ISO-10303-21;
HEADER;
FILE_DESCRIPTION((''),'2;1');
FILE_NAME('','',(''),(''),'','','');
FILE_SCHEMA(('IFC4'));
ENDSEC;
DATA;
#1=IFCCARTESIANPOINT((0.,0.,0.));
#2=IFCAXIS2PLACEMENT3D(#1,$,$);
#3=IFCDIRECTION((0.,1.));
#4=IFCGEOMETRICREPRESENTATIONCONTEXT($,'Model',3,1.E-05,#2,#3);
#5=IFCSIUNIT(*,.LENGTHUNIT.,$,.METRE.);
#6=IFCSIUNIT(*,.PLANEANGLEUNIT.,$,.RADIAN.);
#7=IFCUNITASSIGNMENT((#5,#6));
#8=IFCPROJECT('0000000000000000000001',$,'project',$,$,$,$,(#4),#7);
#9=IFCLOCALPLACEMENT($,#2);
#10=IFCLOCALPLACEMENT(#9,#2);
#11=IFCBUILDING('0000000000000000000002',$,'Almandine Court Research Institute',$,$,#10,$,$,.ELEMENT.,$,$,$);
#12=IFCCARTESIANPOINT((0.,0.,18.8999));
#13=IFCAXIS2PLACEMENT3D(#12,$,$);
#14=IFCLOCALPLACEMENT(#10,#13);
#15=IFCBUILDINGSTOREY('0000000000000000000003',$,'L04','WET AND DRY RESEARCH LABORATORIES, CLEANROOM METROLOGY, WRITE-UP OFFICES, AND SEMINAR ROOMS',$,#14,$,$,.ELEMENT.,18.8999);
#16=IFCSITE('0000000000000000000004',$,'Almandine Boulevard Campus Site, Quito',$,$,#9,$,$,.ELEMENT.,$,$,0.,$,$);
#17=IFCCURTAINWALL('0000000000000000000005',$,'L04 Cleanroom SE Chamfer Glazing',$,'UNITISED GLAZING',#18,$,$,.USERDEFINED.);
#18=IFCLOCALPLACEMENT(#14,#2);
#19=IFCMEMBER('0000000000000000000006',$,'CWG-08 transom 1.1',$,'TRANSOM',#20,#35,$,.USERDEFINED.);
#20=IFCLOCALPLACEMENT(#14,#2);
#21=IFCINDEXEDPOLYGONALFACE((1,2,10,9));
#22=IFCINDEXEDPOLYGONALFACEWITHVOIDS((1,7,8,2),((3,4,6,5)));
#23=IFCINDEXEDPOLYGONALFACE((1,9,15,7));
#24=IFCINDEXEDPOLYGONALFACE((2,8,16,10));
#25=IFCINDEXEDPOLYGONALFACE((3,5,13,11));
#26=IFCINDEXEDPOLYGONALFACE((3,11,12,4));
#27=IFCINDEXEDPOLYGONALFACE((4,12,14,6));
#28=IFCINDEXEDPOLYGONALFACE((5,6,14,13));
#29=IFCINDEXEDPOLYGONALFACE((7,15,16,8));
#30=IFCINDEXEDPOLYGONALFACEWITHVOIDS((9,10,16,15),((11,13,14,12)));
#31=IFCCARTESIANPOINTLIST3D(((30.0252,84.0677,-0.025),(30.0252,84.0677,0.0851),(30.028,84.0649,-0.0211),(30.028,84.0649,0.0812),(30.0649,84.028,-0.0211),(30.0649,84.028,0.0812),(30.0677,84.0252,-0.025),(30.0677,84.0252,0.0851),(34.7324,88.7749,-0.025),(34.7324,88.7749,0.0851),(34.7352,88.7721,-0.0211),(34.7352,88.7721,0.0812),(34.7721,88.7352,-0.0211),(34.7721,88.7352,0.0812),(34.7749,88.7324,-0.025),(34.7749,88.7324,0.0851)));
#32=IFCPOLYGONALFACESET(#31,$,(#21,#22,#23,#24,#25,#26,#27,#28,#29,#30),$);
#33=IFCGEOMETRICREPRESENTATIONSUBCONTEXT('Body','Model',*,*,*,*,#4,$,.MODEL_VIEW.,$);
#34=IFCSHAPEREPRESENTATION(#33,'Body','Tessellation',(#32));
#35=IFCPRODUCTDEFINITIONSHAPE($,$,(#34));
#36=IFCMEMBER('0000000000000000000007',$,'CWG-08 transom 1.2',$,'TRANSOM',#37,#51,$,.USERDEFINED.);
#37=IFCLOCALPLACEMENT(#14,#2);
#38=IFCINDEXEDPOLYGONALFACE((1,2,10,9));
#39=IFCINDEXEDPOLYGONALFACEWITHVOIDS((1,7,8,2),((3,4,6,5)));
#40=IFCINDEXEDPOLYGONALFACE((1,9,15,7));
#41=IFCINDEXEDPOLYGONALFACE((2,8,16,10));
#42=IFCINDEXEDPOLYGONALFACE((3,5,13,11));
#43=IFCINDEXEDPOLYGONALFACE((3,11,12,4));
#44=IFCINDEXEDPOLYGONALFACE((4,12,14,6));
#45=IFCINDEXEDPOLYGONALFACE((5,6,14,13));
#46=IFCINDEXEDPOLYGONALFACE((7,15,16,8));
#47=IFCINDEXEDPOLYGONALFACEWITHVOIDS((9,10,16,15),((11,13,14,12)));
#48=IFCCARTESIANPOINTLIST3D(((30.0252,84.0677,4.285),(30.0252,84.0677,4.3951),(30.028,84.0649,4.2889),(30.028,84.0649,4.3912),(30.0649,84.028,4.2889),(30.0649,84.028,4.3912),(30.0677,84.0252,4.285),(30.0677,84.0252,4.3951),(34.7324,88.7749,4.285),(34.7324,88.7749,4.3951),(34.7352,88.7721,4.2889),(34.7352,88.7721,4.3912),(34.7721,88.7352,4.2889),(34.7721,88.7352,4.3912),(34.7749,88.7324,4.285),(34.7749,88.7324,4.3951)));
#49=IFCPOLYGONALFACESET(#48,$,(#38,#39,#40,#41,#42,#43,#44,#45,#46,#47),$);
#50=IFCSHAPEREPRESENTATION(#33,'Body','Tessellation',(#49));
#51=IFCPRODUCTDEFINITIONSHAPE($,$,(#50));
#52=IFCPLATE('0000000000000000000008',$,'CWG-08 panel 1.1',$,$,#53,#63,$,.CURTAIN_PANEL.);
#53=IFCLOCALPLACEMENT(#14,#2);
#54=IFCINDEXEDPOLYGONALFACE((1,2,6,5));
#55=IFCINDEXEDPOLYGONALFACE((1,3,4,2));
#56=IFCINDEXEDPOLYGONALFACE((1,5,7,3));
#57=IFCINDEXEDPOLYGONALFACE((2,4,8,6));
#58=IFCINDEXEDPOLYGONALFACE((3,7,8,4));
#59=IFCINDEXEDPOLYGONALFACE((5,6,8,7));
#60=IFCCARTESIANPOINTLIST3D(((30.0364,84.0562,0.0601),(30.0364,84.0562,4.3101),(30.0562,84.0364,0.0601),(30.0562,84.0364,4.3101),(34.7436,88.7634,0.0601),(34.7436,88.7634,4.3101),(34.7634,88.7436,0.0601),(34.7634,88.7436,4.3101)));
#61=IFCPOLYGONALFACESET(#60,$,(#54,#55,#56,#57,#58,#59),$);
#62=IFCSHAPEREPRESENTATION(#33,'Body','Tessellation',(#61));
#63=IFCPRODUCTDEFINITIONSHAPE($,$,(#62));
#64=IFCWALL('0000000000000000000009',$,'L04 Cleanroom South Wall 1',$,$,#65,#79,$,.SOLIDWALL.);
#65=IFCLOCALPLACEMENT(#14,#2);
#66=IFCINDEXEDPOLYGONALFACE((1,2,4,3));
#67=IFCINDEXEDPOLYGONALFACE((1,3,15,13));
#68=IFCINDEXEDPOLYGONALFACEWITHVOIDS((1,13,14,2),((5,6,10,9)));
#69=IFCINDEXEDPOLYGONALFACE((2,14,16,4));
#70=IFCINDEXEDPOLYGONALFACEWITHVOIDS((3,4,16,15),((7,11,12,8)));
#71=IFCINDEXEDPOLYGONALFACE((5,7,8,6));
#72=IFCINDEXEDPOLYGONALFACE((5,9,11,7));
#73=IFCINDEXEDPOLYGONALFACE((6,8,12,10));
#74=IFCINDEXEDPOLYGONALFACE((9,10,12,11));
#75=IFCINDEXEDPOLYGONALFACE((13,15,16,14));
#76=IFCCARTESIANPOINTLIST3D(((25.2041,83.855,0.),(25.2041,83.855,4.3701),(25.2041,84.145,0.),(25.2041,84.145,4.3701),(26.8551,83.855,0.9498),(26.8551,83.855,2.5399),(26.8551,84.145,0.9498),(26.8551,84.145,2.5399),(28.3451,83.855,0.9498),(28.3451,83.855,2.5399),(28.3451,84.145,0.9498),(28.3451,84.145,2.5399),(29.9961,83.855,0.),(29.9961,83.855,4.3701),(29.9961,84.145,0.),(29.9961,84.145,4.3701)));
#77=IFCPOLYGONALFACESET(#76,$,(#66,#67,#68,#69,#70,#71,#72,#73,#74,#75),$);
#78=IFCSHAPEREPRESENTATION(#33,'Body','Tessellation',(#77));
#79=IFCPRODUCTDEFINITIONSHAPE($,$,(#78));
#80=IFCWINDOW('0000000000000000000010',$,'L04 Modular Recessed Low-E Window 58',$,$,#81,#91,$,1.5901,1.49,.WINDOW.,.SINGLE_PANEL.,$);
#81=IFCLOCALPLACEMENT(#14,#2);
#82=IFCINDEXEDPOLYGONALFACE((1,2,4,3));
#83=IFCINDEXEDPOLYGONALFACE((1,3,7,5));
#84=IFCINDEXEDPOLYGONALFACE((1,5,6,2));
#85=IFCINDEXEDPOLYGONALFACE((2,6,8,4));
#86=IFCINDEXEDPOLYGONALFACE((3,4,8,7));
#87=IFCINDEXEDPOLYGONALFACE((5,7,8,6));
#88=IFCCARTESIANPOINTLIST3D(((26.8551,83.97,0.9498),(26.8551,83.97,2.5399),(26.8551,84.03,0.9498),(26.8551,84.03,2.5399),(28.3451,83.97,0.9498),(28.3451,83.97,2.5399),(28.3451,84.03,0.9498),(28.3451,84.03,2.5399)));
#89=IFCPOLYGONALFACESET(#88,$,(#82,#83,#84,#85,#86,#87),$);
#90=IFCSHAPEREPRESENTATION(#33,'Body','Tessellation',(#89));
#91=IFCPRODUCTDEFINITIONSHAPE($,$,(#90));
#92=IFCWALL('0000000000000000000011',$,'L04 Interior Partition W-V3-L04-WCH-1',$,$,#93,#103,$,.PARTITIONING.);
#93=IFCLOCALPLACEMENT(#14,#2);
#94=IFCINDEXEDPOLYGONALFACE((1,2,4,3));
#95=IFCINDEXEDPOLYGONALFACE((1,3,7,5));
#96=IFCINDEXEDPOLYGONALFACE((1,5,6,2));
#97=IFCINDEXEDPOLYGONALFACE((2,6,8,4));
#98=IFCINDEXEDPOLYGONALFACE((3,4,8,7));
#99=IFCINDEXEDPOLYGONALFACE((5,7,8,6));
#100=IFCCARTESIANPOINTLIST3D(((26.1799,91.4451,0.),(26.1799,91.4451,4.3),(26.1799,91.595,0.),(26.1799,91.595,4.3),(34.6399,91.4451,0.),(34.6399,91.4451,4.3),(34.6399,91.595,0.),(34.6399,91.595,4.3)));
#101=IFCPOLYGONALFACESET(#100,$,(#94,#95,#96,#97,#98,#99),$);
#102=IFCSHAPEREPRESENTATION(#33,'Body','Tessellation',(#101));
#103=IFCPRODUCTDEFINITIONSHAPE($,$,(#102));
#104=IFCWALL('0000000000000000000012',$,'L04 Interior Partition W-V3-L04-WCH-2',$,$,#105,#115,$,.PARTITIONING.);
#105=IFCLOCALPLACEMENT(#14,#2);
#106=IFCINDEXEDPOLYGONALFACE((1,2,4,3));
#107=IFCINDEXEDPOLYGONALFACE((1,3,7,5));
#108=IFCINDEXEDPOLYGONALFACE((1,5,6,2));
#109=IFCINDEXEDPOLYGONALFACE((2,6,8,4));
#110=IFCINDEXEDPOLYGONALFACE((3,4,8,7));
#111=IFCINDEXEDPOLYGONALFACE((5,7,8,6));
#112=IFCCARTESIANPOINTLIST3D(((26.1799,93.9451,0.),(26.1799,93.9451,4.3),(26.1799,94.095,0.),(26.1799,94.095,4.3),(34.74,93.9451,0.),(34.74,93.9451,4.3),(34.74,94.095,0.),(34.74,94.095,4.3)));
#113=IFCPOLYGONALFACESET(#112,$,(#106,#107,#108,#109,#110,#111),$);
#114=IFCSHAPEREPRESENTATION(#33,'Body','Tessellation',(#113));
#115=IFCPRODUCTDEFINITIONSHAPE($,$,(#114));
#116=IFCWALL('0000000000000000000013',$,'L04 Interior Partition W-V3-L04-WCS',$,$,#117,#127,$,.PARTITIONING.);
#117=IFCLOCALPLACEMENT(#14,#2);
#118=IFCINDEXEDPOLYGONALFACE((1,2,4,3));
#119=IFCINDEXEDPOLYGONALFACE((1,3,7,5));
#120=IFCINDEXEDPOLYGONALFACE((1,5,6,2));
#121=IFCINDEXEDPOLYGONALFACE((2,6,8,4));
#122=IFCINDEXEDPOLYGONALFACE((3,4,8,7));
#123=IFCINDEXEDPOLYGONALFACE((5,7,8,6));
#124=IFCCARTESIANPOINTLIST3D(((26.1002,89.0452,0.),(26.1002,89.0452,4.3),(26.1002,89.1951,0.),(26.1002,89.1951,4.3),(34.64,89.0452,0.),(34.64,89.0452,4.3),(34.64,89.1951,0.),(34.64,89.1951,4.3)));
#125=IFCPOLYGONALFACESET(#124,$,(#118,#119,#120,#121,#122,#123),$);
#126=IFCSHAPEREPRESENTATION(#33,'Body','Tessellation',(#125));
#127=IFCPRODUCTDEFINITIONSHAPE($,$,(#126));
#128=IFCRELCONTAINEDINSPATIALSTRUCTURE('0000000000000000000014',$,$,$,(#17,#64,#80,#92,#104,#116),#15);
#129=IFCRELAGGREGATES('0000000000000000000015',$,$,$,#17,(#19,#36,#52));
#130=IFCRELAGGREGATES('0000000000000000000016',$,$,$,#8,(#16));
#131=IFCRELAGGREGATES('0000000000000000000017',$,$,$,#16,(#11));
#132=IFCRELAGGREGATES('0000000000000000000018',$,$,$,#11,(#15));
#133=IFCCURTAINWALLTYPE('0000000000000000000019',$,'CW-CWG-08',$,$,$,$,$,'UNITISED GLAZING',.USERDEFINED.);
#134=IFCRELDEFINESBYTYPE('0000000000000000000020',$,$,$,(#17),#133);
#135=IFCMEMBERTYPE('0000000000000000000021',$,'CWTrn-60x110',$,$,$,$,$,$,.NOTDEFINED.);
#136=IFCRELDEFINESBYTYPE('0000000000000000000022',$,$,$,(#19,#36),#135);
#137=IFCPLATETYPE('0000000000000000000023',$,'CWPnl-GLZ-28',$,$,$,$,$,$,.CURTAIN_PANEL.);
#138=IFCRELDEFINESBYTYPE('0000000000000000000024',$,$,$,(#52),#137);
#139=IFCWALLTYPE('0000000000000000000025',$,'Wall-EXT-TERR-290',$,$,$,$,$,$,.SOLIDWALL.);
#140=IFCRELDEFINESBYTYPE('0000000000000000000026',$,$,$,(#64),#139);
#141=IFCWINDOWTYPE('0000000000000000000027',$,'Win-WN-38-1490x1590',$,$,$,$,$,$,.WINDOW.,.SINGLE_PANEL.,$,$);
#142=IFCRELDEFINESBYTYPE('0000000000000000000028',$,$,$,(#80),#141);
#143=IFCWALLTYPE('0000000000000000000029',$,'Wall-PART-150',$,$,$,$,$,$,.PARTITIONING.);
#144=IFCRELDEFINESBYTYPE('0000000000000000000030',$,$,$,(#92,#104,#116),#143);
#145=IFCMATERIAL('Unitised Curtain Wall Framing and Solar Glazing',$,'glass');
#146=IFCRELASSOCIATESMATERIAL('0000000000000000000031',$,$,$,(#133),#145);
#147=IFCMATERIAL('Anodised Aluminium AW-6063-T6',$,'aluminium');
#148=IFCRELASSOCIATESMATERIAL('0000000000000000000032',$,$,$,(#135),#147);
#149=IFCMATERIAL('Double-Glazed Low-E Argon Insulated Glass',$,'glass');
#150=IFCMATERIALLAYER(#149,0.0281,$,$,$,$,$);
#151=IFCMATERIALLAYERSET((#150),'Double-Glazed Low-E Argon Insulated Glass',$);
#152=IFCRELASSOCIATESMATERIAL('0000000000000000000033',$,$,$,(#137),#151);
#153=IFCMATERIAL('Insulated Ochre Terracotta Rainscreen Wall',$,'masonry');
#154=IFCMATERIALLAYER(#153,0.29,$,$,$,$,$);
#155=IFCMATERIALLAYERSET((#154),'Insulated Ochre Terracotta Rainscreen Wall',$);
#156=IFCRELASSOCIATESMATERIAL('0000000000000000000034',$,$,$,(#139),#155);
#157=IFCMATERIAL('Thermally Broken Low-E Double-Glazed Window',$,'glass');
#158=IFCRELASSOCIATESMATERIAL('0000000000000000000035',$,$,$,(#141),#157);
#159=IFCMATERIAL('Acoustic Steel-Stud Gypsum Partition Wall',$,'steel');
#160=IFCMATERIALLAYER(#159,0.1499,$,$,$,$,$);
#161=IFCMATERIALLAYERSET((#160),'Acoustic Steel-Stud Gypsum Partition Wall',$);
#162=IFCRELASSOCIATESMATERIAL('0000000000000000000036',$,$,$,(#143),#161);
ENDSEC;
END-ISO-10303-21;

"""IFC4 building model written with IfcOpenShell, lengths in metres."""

from ifc_helpers import new_model, si_unit, direction, frame, frame_2d, origin, origin_2d, place, context, subcontext, project, spatial, rectangle, hollow_rectangle, extrude, material, layer, layer_set, material_profile, profile_set, type_object, element, fill, aggregate, save


model = new_model("IFC4")

# Units and contexts
model_context = context("Model", 3, precision=1e-05, world=origin(), true_north=direction((0.0, 1.0)))
body_context = subcontext(model_context, "Body", "Model", "MODEL_VIEW")
ifc_project = project(units=[si_unit("LENGTHUNIT", "METRE"), si_unit("PLANEANGLEUNIT", "RADIAN")], contexts=[model_context])

# Site, building, storey
site_placement = place(None, origin())
site = spatial("IfcSite", under=ifc_project, at=site_placement, Name="Almandine Boulevard Campus Site, Quito", CompositionType="ELEMENT", RefElevation=0.0)
building_placement = place(site_placement, origin())
building = spatial("IfcBuilding", under=site, at=building_placement, Name="Almandine Court Research Institute", CompositionType="ELEMENT")
storey_placement = place(building_placement, frame((0.0, 0.0, 18.8999)))
storey = spatial("IfcBuildingStorey", under=building, at=storey_placement, Name="L04", Description="WET AND DRY RESEARCH LABORATORIES, CLEANROOM METROLOGY, WRITE-UP OFFICES, AND SEMINAR ROOMS", CompositionType="ELEMENT", Elevation=18.8999)

# Curtain wall, members, plate
ifc_material_1 = material(Name="Unitised Curtain Wall Framing and Solar Glazing", Category="glass")
curtain_wall_type = type_object("IfcCurtainWallType", Name="CW-CWG-08", ElementType="UNITISED GLAZING", PredefinedType="USERDEFINED", material=ifc_material_1)
curtain_wall_placement = place(storey_placement, origin())
curtain_wall = element("IfcCurtainWall", 1, at=curtain_wall_placement, inside=storey, type_object=curtain_wall_type, Name="L04 Cleanroom SE Chamfer Glazing", ObjectType="UNITISED GLAZING", PredefinedType="USERDEFINED")
ifc_material_2 = material(Name="Anodised Aluminium AW-6063-T6", Category="aluminium")
ifc_material_profile_1 = material_profile(ifc_material_2, hollow_rectangle(XDim=0.0601, YDim=0.1101, WallThickness=0.0039, at=origin_2d()), Name="ALU RHS 60x110x4")
ifc_profile_set_1 = profile_set([ifc_material_profile_1], Name="Anodised Aluminium AW-6063-T6")
member_type_1 = type_object("IfcMemberType", Name="CWTrn-60x110", PredefinedType="NOTDEFINED", material=ifc_profile_set_1)
member_1_placement = place(storey_placement, frame((34.7537, 88.7537, 0.03), z_axis=(-0.707107, -0.707107, 0.0), x_axis=(0.707107, -0.707107, 0.0)))
member_1 = element("IfcMember", 2, at=member_1_placement, type_object=member_type_1, Name="CWG-08 transom 1.1", ObjectType="TRANSOM", PredefinedType="USERDEFINED", context=body_context, shape_type="SweptSolid", body=[
    extrude(hollow_rectangle(XDim=0.0601, YDim=0.1101, WallThickness=0.0039, at=origin_2d()), origin(), (0.0, 0.0, 1.0), 6.657),
])
member_2_placement = place(storey_placement, frame((34.7537, 88.7537, 4.3401), z_axis=(-0.707107, -0.707107, 0.0), x_axis=(0.707107, -0.707107, 0.0)))
member_2 = element("IfcMember", 3, at=member_2_placement, type_object=member_type_1, Name="CWG-08 transom 1.2", ObjectType="TRANSOM", PredefinedType="USERDEFINED", context=body_context, shape_type="SweptSolid", body=[
    extrude(hollow_rectangle(XDim=0.0601, YDim=0.1101, WallThickness=0.0039, at=origin_2d()), origin(), (0.0, 0.0, 1.0), 6.657),
])
ifc_material_3 = material(Name="Double-Glazed Low-E Argon Insulated Glass", Category="glass")
ifc_layer_1 = layer(ifc_material_3, 0.0281)
ifc_layer_set_1 = layer_set([ifc_layer_1], Name="Double-Glazed Low-E Argon Insulated Glass")
plate_type = type_object("IfcPlateType", Name="CWPnl-GLZ-28", PredefinedType="CURTAIN_PANEL", material=ifc_layer_set_1)
plate_placement = place(storey_placement, frame((32.3999, 86.3999, 0.0601), z_axis=(0.0, 0.0, 1.0), x_axis=(-0.707107, -0.707107, 0.0)))
plate = element("IfcPlate", 4, at=plate_placement, type_object=plate_type, Name="CWG-08 panel 1.1", PredefinedType="CURTAIN_PANEL", context=body_context, shape_type="SweptSolid", body=[
    extrude(rectangle(XDim=6.657, YDim=0.0281, at=origin_2d()), origin(), (0.0, 0.0, 1.0), 4.25),
])
aggregate(curtain_wall, [member_1, member_2, plate])

# Wall, opening, window
ifc_material_4 = material(Name="Insulated Ochre Terracotta Rainscreen Wall", Category="masonry")
ifc_layer_2 = layer(ifc_material_4, 0.29)
ifc_layer_set_2 = layer_set([ifc_layer_2], Name="Insulated Ochre Terracotta Rainscreen Wall")
wall_type_1 = type_object("IfcWallType", Name="Wall-EXT-TERR-290", PredefinedType="SOLIDWALL", material=ifc_layer_set_2)
wall_1_placement = place(storey_placement, frame((29.9961, 84.0, 0.0), z_axis=(0.0, 0.0, 1.0), x_axis=(-1.0, 0.0, 0.0)))
wall_1 = element("IfcWall", 5, at=wall_1_placement, inside=storey, type_object=wall_type_1, Name="L04 Cleanroom South Wall 1", PredefinedType="SOLIDWALL", context=body_context, shape_type="SweptSolid", body=[
    extrude(rectangle(XDim=4.792, YDim=0.29, at=frame_2d((2.396, 0.0))), origin(), (0.0, 0.0, 1.0), 4.3701),
])
opening_1_placement = place(wall_1_placement, frame((1.6509, 0.0, 0.95)))
opening_1 = element("IfcOpeningElement", 6, at=opening_1_placement, cuts=wall_1, PredefinedType="OPENING", context=body_context, shape_type="SweptSolid", body=[
    extrude(rectangle(XDim=1.49, YDim=1.5901, at=frame_2d((0.7451, 0.7949))), frame((0.0, 0.155, 0.0), z_axis=(0.0, -1.0, 0.0), x_axis=(1.0, 0.0, 0.0)), (0.0, 0.0, 1.0), 0.3101),
])
ifc_material_5 = material(Name="Thermally Broken Low-E Double-Glazed Window", Category="glass")
window_type = type_object("IfcWindowType", Name="Win-WN-38-1490x1590", PartitioningType="SINGLE_PANEL", PredefinedType="WINDOW", material=ifc_material_5)
window_placement = place(opening_1_placement, origin())
window = element("IfcWindow", 7, at=window_placement, inside=storey, type_object=window_type, Name="L04 Modular Recessed Low-E Window 58", OverallHeight=1.5901, OverallWidth=1.49, PartitioningType="SINGLE_PANEL", PredefinedType="WINDOW", context=body_context, shape_type="SweptSolid", body=[
    extrude(rectangle(XDim=1.49, YDim=1.5901, at=frame_2d((0.7451, 0.7949))), frame((0.0, 0.03, 0.0), z_axis=(0.0, -1.0, 0.0), x_axis=(1.0, 0.0, 0.0)), (0.0, 0.0, 1.0), 0.0601),
])
fill(opening_1, window)

# Walls
ifc_material_6 = material(Name="Acoustic Steel-Stud Gypsum Partition Wall", Category="steel")
ifc_layer_3 = layer(ifc_material_6, 0.1499)
ifc_layer_set_3 = layer_set([ifc_layer_3], Name="Acoustic Steel-Stud Gypsum Partition Wall")
wall_type_2 = type_object("IfcWallType", Name="Wall-PART-150", PredefinedType="PARTITIONING", material=ifc_layer_set_3)
wall_2_placement = place(storey_placement, frame((26.1799, 91.52, 0.0), z_axis=(0.0, 0.0, 1.0), x_axis=(1.0, 0.0, 0.0)))
element("IfcWall", 8, at=wall_2_placement, inside=storey, type_object=wall_type_2, Name="L04 Interior Partition W-V3-L04-WCH-1", PredefinedType="PARTITIONING", context=body_context, shape_type="SweptSolid", body=[
    extrude(rectangle(XDim=8.46, YDim=0.1499, at=frame_2d((4.23, 0.0))), origin(), (0.0, 0.0, 1.0), 4.3),
])
wall_3_placement = place(storey_placement, frame((26.1799, 94.02, 0.0), z_axis=(0.0, 0.0, 1.0), x_axis=(1.0, 0.0, 0.0)))
element("IfcWall", 9, at=wall_3_placement, inside=storey, type_object=wall_type_2, Name="L04 Interior Partition W-V3-L04-WCH-2", PredefinedType="PARTITIONING", context=body_context, shape_type="SweptSolid", body=[
    extrude(rectangle(XDim=8.5601, YDim=0.1499, at=frame_2d((4.28, 0.0))), origin(), (0.0, 0.0, 1.0), 4.3),
])
wall_4_placement = place(storey_placement, frame((26.1001, 89.1201, 0.0), z_axis=(0.0, 0.0, 1.0), x_axis=(1.0, 0.0, 0.0)))
element("IfcWall", 10, at=wall_4_placement, inside=storey, type_object=wall_type_2, Name="L04 Interior Partition W-V3-L04-WCS", PredefinedType="PARTITIONING", context=body_context, shape_type="SweptSolid", body=[
    extrude(rectangle(XDim=8.5398, YDim=0.1499, at=frame_2d((4.27, 0.0))), origin(), (0.0, 0.0, 1.0), 4.3),
])

save(model, "model.ifc")
